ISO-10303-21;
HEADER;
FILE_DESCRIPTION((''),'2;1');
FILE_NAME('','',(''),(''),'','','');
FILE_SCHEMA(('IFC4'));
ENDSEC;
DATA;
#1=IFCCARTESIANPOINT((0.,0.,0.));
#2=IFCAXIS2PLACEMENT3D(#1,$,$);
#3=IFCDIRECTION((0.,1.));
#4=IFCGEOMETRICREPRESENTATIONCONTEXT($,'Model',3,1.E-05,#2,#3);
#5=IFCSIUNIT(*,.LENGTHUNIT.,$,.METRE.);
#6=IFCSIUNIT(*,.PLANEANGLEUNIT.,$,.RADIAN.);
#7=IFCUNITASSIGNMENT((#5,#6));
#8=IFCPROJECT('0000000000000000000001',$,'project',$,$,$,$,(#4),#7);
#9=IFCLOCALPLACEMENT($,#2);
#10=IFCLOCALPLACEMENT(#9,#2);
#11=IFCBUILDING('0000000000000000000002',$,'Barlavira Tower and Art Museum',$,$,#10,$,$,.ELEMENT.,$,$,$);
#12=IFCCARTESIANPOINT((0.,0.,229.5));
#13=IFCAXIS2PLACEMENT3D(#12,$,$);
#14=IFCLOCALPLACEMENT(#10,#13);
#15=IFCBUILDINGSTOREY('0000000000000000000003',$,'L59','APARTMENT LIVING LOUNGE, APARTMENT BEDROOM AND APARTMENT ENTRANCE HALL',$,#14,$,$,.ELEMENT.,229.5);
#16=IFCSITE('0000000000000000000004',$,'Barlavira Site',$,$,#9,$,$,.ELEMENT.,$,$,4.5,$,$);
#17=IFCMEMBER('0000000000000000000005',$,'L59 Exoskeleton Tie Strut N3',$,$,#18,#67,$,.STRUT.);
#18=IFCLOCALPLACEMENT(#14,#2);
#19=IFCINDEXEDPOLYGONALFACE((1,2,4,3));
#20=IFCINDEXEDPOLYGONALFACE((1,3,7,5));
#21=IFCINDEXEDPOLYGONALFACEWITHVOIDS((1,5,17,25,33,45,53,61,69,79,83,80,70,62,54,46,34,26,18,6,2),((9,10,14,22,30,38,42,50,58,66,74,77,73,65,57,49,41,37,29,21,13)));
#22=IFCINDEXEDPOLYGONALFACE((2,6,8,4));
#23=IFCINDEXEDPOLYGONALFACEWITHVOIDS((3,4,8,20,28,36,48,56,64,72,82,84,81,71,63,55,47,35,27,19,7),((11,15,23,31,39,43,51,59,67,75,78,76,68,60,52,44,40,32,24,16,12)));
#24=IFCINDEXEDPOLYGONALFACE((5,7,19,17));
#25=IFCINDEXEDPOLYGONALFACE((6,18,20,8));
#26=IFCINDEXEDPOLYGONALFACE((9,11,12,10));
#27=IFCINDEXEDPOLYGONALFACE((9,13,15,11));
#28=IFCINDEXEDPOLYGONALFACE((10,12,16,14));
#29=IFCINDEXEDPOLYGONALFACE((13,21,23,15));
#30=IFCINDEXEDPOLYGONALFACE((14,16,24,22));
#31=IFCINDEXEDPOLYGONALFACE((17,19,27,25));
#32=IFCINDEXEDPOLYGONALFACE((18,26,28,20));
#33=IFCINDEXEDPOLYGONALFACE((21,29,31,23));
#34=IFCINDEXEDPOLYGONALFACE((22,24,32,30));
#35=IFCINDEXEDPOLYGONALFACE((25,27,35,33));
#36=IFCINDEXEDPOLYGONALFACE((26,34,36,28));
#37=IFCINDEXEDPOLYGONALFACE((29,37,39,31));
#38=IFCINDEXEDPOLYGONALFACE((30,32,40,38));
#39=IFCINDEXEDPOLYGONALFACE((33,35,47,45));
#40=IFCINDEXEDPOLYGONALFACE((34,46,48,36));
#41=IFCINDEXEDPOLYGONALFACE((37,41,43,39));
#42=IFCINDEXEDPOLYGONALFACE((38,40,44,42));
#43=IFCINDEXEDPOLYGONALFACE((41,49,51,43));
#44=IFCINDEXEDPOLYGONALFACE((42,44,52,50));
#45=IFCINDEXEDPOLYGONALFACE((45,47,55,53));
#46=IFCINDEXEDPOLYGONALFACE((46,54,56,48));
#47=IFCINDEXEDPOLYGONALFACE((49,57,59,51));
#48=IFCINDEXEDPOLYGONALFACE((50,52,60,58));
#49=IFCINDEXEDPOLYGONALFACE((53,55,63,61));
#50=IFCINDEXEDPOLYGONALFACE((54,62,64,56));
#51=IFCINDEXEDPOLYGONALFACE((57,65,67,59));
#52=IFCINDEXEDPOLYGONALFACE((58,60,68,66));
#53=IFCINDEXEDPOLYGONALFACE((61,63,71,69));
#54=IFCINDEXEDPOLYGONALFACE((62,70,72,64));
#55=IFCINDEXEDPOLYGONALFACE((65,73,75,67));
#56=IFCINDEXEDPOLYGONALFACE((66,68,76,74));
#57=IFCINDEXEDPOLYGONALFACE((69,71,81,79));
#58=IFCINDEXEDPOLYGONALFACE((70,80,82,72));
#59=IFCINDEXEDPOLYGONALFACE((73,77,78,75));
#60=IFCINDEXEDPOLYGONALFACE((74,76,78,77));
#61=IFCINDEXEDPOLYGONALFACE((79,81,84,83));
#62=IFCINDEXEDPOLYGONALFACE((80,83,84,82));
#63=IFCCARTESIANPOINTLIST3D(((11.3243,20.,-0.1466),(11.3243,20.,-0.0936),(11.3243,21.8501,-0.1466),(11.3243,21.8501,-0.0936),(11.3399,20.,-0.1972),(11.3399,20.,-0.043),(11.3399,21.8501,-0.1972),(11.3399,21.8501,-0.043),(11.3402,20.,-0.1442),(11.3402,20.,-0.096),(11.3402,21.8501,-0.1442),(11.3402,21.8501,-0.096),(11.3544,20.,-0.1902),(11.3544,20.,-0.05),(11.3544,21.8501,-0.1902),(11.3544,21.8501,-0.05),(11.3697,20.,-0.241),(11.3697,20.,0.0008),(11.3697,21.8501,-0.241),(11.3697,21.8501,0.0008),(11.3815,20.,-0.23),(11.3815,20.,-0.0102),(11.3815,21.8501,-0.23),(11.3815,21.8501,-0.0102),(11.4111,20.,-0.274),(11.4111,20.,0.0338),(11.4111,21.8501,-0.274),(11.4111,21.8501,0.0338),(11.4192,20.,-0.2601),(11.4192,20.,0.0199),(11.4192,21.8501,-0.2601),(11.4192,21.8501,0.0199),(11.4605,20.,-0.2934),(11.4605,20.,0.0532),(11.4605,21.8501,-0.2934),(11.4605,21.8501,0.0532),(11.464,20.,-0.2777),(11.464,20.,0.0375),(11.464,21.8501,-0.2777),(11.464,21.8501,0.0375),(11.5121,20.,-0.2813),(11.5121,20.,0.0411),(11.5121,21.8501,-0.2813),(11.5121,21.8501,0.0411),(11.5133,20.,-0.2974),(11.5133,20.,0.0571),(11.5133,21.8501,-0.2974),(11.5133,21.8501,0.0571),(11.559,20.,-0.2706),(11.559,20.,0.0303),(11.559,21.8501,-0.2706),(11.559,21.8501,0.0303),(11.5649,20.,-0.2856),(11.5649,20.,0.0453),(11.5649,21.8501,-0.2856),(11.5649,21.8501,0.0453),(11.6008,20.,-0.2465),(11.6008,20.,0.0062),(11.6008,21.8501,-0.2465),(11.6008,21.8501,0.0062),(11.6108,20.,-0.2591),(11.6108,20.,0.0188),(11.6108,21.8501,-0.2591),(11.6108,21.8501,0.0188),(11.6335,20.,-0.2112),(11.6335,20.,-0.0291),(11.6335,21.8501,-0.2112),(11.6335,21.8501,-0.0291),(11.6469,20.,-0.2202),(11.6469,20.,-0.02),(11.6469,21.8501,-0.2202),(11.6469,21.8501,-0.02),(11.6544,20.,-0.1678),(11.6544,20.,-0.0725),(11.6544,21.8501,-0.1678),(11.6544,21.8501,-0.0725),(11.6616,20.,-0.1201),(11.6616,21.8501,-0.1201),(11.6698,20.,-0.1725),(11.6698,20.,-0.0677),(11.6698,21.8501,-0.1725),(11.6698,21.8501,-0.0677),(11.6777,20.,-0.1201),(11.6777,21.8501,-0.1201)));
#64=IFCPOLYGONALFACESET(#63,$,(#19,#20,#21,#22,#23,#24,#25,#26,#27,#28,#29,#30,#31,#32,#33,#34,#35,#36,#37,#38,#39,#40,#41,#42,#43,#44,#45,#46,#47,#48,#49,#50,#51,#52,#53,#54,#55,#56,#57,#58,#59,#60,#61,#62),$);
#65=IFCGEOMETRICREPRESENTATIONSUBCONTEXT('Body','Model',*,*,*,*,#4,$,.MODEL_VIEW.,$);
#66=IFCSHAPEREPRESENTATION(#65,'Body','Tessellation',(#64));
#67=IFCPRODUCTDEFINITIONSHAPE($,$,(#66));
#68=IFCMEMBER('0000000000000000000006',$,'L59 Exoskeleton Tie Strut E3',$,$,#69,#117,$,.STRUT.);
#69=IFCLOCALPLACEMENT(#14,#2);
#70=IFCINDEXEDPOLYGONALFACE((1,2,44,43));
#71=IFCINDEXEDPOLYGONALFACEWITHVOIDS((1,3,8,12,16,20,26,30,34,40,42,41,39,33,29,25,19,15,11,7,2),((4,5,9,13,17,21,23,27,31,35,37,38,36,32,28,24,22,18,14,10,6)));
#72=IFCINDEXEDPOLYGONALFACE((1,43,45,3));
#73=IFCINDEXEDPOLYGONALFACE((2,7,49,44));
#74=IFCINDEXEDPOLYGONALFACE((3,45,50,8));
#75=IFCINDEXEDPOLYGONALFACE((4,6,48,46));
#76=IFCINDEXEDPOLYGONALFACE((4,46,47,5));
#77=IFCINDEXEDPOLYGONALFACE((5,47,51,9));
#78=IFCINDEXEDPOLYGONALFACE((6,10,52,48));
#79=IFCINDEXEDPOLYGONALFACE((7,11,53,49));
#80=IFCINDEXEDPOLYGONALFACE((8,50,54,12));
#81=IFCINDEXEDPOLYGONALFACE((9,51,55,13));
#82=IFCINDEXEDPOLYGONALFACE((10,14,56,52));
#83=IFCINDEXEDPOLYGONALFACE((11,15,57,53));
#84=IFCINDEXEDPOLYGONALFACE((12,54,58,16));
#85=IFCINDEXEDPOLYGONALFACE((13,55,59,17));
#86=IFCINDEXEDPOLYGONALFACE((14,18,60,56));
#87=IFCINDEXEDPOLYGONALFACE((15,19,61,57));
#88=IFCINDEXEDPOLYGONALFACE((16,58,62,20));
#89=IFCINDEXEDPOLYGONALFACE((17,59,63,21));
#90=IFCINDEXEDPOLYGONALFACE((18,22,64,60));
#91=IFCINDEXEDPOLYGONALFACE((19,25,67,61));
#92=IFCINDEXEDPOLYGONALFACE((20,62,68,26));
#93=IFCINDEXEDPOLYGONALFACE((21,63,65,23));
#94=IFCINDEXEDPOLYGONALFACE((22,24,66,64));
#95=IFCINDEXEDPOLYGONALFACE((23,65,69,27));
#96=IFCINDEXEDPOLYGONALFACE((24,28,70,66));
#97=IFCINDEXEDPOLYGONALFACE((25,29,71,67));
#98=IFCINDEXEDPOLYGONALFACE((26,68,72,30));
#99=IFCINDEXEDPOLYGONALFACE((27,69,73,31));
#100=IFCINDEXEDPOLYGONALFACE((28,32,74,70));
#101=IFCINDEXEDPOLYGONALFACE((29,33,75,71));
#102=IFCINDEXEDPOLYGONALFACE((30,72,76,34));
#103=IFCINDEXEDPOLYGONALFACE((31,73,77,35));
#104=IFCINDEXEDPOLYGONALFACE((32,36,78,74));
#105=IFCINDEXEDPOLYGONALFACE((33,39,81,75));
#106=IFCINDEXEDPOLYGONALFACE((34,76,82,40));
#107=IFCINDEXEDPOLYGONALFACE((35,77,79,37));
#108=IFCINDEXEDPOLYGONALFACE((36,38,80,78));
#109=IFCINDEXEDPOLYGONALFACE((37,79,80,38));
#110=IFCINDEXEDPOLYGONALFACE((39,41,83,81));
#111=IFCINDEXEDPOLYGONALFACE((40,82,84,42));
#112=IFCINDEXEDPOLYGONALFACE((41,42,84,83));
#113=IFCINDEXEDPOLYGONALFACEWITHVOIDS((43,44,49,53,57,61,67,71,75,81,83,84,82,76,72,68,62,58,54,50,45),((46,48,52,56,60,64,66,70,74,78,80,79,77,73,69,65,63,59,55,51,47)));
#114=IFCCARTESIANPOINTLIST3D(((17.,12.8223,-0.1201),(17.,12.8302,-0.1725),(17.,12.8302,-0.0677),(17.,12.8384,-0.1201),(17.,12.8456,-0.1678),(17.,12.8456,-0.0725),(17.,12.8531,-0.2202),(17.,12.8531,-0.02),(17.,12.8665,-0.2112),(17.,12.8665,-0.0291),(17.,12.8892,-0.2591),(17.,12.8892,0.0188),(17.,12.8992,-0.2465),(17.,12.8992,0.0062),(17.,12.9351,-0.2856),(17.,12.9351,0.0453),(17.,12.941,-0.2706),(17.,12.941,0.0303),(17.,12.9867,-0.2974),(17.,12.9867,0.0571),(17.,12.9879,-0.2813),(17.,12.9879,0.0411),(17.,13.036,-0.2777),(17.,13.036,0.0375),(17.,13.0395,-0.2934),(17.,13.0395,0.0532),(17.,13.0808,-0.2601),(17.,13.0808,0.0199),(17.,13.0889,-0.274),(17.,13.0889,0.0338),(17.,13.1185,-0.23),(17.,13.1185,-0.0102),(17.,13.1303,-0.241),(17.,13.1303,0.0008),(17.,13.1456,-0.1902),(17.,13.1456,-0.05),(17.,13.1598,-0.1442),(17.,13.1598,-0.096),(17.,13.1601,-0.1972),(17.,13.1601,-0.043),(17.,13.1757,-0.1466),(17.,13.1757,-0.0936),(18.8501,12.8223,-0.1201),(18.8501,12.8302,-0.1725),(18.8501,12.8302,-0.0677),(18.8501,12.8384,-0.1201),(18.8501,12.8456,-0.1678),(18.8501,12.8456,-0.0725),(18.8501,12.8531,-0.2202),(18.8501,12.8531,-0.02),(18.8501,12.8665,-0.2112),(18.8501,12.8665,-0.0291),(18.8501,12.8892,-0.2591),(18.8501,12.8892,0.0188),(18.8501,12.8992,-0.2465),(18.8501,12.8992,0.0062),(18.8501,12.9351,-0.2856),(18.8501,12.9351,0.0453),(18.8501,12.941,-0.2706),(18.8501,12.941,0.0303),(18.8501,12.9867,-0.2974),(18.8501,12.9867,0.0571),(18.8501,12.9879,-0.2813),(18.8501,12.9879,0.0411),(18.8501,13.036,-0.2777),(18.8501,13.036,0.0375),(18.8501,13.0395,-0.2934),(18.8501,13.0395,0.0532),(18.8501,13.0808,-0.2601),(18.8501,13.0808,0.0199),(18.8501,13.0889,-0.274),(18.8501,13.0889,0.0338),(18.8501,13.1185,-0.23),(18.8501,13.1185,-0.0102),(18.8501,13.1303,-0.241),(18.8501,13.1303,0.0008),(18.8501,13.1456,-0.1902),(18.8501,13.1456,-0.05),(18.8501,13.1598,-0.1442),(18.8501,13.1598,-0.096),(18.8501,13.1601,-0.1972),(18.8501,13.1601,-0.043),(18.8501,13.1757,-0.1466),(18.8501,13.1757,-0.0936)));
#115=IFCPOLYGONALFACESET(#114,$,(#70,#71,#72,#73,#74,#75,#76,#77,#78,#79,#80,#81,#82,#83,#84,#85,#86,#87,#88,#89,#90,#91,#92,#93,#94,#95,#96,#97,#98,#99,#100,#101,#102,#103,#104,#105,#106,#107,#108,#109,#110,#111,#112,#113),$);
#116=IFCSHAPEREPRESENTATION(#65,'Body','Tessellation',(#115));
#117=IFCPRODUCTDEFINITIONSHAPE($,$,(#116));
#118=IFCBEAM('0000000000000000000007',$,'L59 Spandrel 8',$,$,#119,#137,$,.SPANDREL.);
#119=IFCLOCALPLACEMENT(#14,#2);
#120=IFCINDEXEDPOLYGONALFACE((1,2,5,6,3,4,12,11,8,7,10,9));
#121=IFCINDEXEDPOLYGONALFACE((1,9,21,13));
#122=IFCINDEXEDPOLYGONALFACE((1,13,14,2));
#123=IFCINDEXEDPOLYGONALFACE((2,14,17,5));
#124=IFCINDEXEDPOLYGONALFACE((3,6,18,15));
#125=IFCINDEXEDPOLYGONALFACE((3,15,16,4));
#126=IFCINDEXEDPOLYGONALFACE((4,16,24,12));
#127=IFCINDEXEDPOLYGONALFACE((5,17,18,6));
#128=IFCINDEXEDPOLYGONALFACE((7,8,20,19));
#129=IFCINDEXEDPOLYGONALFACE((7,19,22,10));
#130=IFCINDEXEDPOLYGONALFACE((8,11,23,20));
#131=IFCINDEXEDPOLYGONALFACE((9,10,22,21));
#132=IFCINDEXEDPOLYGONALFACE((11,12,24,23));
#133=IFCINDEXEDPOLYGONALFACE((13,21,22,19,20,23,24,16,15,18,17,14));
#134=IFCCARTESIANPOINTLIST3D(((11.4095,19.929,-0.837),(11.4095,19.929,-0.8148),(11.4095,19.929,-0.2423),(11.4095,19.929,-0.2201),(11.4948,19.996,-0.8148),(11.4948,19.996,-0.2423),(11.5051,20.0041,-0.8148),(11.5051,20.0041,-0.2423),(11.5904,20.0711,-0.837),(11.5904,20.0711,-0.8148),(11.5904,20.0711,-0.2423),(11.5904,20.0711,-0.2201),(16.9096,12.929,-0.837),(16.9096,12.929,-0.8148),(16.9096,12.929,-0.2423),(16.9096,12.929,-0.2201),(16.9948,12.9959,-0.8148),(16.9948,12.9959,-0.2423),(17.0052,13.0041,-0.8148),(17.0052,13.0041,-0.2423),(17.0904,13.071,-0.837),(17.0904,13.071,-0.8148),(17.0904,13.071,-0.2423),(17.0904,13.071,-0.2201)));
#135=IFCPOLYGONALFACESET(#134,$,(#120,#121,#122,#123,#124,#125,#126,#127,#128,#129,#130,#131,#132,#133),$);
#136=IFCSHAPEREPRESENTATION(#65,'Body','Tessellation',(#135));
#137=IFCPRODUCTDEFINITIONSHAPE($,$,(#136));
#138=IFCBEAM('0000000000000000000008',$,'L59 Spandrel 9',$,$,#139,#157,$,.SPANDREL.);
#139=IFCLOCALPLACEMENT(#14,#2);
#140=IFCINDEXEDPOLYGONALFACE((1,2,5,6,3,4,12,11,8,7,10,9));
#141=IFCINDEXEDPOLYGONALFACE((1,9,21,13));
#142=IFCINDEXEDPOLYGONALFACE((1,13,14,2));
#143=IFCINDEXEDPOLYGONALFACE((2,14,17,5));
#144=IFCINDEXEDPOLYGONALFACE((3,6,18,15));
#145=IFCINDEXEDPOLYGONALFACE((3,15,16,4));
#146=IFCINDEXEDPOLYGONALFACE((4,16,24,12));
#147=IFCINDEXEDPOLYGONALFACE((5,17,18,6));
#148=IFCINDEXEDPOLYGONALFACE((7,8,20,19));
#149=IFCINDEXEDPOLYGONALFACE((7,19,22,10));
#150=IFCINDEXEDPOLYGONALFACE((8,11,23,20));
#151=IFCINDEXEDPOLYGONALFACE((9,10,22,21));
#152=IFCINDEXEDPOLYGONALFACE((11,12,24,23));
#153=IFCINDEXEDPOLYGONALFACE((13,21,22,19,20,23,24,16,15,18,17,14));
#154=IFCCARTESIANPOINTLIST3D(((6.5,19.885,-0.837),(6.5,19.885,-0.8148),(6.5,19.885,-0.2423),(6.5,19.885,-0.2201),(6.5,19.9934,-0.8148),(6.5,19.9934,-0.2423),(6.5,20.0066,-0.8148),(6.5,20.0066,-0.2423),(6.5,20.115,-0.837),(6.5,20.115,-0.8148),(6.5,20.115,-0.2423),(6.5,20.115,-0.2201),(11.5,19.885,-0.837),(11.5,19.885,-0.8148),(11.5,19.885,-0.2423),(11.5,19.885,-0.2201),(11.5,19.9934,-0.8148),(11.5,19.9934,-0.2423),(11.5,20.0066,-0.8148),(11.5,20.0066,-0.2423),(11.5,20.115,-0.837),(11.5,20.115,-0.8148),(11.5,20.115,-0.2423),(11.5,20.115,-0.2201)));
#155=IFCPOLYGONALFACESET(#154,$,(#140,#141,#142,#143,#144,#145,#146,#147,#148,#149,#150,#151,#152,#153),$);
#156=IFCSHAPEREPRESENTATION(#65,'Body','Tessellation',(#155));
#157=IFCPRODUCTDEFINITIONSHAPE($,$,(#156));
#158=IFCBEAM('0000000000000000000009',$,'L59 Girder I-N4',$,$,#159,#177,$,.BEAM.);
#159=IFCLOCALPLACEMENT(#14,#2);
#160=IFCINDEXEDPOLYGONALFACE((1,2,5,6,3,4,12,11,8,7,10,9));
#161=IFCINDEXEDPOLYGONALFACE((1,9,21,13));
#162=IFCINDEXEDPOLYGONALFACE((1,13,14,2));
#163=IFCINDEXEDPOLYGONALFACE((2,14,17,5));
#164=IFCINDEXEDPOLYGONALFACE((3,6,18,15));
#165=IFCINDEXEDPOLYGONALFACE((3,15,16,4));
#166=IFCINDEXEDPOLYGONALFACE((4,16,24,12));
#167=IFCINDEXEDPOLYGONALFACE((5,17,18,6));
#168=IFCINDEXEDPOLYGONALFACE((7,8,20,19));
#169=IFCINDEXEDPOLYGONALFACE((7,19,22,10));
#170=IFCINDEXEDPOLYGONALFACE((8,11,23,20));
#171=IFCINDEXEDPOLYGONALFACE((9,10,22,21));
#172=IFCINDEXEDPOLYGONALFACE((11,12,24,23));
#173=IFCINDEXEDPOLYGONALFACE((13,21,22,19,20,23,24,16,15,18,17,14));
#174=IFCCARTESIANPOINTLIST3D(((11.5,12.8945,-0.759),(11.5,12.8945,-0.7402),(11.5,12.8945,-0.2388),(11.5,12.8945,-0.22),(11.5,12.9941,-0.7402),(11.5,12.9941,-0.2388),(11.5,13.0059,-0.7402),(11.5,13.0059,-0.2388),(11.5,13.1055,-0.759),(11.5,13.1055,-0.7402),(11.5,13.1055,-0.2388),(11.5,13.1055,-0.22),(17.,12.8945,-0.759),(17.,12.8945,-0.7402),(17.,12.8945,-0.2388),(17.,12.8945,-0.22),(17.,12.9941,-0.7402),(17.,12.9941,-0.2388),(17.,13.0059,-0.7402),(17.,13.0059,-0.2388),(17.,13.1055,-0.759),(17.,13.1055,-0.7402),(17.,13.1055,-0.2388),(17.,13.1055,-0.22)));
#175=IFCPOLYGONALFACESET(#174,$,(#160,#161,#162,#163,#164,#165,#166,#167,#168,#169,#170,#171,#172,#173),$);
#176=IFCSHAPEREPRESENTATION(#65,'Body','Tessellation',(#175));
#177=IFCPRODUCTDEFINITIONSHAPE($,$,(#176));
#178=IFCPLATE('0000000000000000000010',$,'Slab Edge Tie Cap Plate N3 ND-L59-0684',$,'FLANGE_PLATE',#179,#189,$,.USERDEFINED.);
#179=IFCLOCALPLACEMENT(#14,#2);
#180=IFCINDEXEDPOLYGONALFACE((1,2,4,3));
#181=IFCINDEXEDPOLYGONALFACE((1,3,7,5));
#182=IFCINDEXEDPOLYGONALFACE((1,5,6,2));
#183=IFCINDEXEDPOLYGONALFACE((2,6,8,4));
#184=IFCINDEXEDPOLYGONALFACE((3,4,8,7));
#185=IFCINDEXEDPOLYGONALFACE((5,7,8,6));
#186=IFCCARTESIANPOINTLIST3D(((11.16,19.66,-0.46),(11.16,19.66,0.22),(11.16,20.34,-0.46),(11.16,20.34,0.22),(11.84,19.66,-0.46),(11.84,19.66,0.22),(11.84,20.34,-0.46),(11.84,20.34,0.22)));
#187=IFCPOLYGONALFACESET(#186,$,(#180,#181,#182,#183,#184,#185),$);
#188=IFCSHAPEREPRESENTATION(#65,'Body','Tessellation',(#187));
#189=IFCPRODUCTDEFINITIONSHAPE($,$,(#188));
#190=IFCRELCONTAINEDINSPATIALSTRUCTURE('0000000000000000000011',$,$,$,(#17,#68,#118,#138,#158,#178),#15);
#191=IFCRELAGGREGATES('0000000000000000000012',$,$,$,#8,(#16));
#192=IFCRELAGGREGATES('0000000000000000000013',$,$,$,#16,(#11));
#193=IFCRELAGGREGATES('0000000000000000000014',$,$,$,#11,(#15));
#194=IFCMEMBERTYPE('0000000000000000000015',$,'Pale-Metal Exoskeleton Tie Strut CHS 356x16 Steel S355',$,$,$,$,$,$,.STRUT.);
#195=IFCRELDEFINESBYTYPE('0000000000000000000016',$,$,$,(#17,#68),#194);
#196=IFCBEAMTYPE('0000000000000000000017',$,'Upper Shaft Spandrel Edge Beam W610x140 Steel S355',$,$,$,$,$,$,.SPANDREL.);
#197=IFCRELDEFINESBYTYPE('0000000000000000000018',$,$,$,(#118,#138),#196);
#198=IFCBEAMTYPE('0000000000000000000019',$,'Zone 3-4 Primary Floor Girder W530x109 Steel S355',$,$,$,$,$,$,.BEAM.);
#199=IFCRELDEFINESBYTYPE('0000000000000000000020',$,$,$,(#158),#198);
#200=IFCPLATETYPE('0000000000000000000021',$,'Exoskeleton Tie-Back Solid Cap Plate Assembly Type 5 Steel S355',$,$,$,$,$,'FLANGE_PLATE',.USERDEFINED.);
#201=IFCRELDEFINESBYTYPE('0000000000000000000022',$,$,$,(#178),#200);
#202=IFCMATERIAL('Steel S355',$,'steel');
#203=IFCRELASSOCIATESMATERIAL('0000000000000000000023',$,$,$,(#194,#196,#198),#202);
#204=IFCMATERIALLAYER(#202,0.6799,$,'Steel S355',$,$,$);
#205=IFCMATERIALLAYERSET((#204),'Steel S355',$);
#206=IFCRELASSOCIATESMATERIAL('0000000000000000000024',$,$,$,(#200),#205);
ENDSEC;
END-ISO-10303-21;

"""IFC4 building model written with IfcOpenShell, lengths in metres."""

from ifc_helpers import new_model, si_unit, direction, frame, origin, origin_2d, place, context, subcontext, project, spatial, rectangle, hollow_circle, i_section, extrude, material, layer, layer_set, material_profile, profile_set, type_object, element, save


model = new_model("IFC4")

# Units and contexts
model_context = context("Model", 3, precision=1e-05, world=origin(), true_north=direction((0.0, 1.0)))
body_context = subcontext(model_context, "Body", "Model", "MODEL_VIEW")
ifc_project = project(units=[si_unit("LENGTHUNIT", "METRE"), si_unit("PLANEANGLEUNIT", "RADIAN")], contexts=[model_context])

# Site, building, storey
site_placement = place(None, origin())
site = spatial("IfcSite", under=ifc_project, at=site_placement, Name="Barlavira Site", CompositionType="ELEMENT", RefElevation=4.5)
building_placement = place(site_placement, origin())
building = spatial("IfcBuilding", under=site, at=building_placement, Name="Barlavira Tower and Art Museum", CompositionType="ELEMENT")
storey_placement = place(building_placement, frame((0.0, 0.0, 229.5)))
storey = spatial("IfcBuildingStorey", under=building, at=storey_placement, Name="L59", Description="APARTMENT LIVING LOUNGE, APARTMENT BEDROOM AND APARTMENT ENTRANCE HALL", CompositionType="ELEMENT", Elevation=229.5)

# Members
ifc_material_1 = material(Name="Steel S355", Category="steel")
ifc_material_profile_1 = material_profile(ifc_material_1, hollow_circle(Radius=0.1777, WallThickness=0.0161, at=origin_2d()), Name="CHS 355.6x16.0")
ifc_profile_set_1 = profile_set([ifc_material_profile_1], Name="Steel S355")
member_type_1 = type_object("IfcMemberType", Name="Pale-Metal Exoskeleton Tie Strut CHS 356x16 Steel S355", PredefinedType="STRUT", material=ifc_profile_set_1)
for number, where, z_axis, x_axis, name in (
    (1, (11.5, 21.8501, -0.1201), (0.0, -1.0, 0.0), (1.0, 0.0, 0.0), "L59 Exoskeleton Tie Strut N3"),
    (2, (18.8501, 13.0, -0.1201), (-1.0, 0.0, 0.0), (0.0, -1.0, 0.0), "L59 Exoskeleton Tie Strut E3"),
):
    element("IfcMember", number, at=place(storey_placement, frame(where, z_axis=z_axis, x_axis=x_axis)), inside=storey, type_object=member_type_1, Name=name, PredefinedType="STRUT", context=body_context, shape_type="SweptSolid", body=[
        extrude(hollow_circle(Radius=0.1777, WallThickness=0.0161, at=origin_2d()), origin(), (0.0, 0.0, 1.0), 1.8501),
    ])

# Beams
ifc_material_profile_2 = material_profile(ifc_material_1, i_section(OverallWidth=0.23, OverallDepth=0.6169, WebThickness=0.0132, FlangeThickness=0.0222, at=origin_2d()), Name="W610x140.0")
ifc_profile_set_2 = profile_set([ifc_material_profile_2], Name="Steel S355")
beam_type_1 = type_object("IfcBeamType", Name="Upper Shaft Spandrel Edge Beam W610x140 Steel S355", PredefinedType="SPANDREL", material=ifc_profile_set_2)
beam_1_placement = place(storey_placement, frame((17.0, 13.0, -0.5286), z_axis=(-0.617822, 0.786318, 0.0), x_axis=(-0.786318, -0.617822, 0.0)))
element("IfcBeam", 3, at=beam_1_placement, inside=storey, type_object=beam_type_1, Name="L59 Spandrel 8", PredefinedType="SPANDREL", context=body_context, shape_type="SweptSolid", body=[
    extrude(i_section(OverallWidth=0.23, OverallDepth=0.6169, WebThickness=0.0132, FlangeThickness=0.0222, at=origin_2d()), origin(), (0.0, 0.0, 1.0), 8.9023),
])
beam_2_placement = place(storey_placement, frame((6.5, 20.0, -0.5286), z_axis=(1.0, 0.0, 0.0), x_axis=(0.0, 1.0, 0.0)))
element("IfcBeam", 4, at=beam_2_placement, inside=storey, type_object=beam_type_1, Name="L59 Spandrel 9", PredefinedType="SPANDREL", context=body_context, shape_type="SweptSolid", body=[
    extrude(i_section(OverallWidth=0.23, OverallDepth=0.6169, WebThickness=0.0132, FlangeThickness=0.0222, at=origin_2d()), origin(), (0.0, 0.0, 1.0), 5.0),
])
ifc_material_profile_3 = material_profile(ifc_material_1, i_section(OverallWidth=0.2109, OverallDepth=0.5391, WebThickness=0.0117, FlangeThickness=0.0188, at=origin_2d()), Name="W530x109.0")
ifc_profile_set_3 = profile_set([ifc_material_profile_3], Name="Steel S355")
beam_type_2 = type_object("IfcBeamType", Name="Zone 3-4 Primary Floor Girder W530x109 Steel S355", PredefinedType="BEAM", material=ifc_profile_set_3)
beam_3_placement = place(storey_placement, frame((11.5, 13.0, -0.4895), z_axis=(1.0, 0.0, 0.0), x_axis=(0.0, 1.0, 0.0)))
element("IfcBeam", 5, at=beam_3_placement, inside=storey, type_object=beam_type_2, Name="L59 Girder I-N4", PredefinedType="BEAM", context=body_context, shape_type="SweptSolid", body=[
    extrude(i_section(OverallWidth=0.2109, OverallDepth=0.5391, WebThickness=0.0117, FlangeThickness=0.0188, at=origin_2d()), origin(), (0.0, 0.0, 1.0), 5.5),
])

# Plate
ifc_layer_1 = layer(ifc_material_1, 0.6799, Name="Steel S355")
ifc_layer_set_1 = layer_set([ifc_layer_1], Name="Steel S355")
plate_type = type_object("IfcPlateType", Name="Exoskeleton Tie-Back Solid Cap Plate Assembly Type 5 Steel S355", ElementType="FLANGE_PLATE", PredefinedType="USERDEFINED", material=ifc_layer_set_1)
for number, where, z_axis, x_axis, name in (
    (6, (11.5, 20.0, -0.46), (0.0, 0.0, 1.0), (1.0, 0.0, 0.0), "Slab Edge Tie Cap Plate N3 ND-L59-0684"),
):
    element("IfcPlate", number, at=place(storey_placement, frame(where, z_axis=z_axis, x_axis=x_axis)), inside=storey, type_object=plate_type, Name=name, ObjectType="FLANGE_PLATE", PredefinedType="USERDEFINED", context=body_context, shape_type="SweptSolid", body=[
        extrude(rectangle(XDim=0.6799, YDim=0.6799, at=origin_2d()), origin(), (0.0, 0.0, 1.0), 0.6799),
    ])

save(model, "model.ifc")
